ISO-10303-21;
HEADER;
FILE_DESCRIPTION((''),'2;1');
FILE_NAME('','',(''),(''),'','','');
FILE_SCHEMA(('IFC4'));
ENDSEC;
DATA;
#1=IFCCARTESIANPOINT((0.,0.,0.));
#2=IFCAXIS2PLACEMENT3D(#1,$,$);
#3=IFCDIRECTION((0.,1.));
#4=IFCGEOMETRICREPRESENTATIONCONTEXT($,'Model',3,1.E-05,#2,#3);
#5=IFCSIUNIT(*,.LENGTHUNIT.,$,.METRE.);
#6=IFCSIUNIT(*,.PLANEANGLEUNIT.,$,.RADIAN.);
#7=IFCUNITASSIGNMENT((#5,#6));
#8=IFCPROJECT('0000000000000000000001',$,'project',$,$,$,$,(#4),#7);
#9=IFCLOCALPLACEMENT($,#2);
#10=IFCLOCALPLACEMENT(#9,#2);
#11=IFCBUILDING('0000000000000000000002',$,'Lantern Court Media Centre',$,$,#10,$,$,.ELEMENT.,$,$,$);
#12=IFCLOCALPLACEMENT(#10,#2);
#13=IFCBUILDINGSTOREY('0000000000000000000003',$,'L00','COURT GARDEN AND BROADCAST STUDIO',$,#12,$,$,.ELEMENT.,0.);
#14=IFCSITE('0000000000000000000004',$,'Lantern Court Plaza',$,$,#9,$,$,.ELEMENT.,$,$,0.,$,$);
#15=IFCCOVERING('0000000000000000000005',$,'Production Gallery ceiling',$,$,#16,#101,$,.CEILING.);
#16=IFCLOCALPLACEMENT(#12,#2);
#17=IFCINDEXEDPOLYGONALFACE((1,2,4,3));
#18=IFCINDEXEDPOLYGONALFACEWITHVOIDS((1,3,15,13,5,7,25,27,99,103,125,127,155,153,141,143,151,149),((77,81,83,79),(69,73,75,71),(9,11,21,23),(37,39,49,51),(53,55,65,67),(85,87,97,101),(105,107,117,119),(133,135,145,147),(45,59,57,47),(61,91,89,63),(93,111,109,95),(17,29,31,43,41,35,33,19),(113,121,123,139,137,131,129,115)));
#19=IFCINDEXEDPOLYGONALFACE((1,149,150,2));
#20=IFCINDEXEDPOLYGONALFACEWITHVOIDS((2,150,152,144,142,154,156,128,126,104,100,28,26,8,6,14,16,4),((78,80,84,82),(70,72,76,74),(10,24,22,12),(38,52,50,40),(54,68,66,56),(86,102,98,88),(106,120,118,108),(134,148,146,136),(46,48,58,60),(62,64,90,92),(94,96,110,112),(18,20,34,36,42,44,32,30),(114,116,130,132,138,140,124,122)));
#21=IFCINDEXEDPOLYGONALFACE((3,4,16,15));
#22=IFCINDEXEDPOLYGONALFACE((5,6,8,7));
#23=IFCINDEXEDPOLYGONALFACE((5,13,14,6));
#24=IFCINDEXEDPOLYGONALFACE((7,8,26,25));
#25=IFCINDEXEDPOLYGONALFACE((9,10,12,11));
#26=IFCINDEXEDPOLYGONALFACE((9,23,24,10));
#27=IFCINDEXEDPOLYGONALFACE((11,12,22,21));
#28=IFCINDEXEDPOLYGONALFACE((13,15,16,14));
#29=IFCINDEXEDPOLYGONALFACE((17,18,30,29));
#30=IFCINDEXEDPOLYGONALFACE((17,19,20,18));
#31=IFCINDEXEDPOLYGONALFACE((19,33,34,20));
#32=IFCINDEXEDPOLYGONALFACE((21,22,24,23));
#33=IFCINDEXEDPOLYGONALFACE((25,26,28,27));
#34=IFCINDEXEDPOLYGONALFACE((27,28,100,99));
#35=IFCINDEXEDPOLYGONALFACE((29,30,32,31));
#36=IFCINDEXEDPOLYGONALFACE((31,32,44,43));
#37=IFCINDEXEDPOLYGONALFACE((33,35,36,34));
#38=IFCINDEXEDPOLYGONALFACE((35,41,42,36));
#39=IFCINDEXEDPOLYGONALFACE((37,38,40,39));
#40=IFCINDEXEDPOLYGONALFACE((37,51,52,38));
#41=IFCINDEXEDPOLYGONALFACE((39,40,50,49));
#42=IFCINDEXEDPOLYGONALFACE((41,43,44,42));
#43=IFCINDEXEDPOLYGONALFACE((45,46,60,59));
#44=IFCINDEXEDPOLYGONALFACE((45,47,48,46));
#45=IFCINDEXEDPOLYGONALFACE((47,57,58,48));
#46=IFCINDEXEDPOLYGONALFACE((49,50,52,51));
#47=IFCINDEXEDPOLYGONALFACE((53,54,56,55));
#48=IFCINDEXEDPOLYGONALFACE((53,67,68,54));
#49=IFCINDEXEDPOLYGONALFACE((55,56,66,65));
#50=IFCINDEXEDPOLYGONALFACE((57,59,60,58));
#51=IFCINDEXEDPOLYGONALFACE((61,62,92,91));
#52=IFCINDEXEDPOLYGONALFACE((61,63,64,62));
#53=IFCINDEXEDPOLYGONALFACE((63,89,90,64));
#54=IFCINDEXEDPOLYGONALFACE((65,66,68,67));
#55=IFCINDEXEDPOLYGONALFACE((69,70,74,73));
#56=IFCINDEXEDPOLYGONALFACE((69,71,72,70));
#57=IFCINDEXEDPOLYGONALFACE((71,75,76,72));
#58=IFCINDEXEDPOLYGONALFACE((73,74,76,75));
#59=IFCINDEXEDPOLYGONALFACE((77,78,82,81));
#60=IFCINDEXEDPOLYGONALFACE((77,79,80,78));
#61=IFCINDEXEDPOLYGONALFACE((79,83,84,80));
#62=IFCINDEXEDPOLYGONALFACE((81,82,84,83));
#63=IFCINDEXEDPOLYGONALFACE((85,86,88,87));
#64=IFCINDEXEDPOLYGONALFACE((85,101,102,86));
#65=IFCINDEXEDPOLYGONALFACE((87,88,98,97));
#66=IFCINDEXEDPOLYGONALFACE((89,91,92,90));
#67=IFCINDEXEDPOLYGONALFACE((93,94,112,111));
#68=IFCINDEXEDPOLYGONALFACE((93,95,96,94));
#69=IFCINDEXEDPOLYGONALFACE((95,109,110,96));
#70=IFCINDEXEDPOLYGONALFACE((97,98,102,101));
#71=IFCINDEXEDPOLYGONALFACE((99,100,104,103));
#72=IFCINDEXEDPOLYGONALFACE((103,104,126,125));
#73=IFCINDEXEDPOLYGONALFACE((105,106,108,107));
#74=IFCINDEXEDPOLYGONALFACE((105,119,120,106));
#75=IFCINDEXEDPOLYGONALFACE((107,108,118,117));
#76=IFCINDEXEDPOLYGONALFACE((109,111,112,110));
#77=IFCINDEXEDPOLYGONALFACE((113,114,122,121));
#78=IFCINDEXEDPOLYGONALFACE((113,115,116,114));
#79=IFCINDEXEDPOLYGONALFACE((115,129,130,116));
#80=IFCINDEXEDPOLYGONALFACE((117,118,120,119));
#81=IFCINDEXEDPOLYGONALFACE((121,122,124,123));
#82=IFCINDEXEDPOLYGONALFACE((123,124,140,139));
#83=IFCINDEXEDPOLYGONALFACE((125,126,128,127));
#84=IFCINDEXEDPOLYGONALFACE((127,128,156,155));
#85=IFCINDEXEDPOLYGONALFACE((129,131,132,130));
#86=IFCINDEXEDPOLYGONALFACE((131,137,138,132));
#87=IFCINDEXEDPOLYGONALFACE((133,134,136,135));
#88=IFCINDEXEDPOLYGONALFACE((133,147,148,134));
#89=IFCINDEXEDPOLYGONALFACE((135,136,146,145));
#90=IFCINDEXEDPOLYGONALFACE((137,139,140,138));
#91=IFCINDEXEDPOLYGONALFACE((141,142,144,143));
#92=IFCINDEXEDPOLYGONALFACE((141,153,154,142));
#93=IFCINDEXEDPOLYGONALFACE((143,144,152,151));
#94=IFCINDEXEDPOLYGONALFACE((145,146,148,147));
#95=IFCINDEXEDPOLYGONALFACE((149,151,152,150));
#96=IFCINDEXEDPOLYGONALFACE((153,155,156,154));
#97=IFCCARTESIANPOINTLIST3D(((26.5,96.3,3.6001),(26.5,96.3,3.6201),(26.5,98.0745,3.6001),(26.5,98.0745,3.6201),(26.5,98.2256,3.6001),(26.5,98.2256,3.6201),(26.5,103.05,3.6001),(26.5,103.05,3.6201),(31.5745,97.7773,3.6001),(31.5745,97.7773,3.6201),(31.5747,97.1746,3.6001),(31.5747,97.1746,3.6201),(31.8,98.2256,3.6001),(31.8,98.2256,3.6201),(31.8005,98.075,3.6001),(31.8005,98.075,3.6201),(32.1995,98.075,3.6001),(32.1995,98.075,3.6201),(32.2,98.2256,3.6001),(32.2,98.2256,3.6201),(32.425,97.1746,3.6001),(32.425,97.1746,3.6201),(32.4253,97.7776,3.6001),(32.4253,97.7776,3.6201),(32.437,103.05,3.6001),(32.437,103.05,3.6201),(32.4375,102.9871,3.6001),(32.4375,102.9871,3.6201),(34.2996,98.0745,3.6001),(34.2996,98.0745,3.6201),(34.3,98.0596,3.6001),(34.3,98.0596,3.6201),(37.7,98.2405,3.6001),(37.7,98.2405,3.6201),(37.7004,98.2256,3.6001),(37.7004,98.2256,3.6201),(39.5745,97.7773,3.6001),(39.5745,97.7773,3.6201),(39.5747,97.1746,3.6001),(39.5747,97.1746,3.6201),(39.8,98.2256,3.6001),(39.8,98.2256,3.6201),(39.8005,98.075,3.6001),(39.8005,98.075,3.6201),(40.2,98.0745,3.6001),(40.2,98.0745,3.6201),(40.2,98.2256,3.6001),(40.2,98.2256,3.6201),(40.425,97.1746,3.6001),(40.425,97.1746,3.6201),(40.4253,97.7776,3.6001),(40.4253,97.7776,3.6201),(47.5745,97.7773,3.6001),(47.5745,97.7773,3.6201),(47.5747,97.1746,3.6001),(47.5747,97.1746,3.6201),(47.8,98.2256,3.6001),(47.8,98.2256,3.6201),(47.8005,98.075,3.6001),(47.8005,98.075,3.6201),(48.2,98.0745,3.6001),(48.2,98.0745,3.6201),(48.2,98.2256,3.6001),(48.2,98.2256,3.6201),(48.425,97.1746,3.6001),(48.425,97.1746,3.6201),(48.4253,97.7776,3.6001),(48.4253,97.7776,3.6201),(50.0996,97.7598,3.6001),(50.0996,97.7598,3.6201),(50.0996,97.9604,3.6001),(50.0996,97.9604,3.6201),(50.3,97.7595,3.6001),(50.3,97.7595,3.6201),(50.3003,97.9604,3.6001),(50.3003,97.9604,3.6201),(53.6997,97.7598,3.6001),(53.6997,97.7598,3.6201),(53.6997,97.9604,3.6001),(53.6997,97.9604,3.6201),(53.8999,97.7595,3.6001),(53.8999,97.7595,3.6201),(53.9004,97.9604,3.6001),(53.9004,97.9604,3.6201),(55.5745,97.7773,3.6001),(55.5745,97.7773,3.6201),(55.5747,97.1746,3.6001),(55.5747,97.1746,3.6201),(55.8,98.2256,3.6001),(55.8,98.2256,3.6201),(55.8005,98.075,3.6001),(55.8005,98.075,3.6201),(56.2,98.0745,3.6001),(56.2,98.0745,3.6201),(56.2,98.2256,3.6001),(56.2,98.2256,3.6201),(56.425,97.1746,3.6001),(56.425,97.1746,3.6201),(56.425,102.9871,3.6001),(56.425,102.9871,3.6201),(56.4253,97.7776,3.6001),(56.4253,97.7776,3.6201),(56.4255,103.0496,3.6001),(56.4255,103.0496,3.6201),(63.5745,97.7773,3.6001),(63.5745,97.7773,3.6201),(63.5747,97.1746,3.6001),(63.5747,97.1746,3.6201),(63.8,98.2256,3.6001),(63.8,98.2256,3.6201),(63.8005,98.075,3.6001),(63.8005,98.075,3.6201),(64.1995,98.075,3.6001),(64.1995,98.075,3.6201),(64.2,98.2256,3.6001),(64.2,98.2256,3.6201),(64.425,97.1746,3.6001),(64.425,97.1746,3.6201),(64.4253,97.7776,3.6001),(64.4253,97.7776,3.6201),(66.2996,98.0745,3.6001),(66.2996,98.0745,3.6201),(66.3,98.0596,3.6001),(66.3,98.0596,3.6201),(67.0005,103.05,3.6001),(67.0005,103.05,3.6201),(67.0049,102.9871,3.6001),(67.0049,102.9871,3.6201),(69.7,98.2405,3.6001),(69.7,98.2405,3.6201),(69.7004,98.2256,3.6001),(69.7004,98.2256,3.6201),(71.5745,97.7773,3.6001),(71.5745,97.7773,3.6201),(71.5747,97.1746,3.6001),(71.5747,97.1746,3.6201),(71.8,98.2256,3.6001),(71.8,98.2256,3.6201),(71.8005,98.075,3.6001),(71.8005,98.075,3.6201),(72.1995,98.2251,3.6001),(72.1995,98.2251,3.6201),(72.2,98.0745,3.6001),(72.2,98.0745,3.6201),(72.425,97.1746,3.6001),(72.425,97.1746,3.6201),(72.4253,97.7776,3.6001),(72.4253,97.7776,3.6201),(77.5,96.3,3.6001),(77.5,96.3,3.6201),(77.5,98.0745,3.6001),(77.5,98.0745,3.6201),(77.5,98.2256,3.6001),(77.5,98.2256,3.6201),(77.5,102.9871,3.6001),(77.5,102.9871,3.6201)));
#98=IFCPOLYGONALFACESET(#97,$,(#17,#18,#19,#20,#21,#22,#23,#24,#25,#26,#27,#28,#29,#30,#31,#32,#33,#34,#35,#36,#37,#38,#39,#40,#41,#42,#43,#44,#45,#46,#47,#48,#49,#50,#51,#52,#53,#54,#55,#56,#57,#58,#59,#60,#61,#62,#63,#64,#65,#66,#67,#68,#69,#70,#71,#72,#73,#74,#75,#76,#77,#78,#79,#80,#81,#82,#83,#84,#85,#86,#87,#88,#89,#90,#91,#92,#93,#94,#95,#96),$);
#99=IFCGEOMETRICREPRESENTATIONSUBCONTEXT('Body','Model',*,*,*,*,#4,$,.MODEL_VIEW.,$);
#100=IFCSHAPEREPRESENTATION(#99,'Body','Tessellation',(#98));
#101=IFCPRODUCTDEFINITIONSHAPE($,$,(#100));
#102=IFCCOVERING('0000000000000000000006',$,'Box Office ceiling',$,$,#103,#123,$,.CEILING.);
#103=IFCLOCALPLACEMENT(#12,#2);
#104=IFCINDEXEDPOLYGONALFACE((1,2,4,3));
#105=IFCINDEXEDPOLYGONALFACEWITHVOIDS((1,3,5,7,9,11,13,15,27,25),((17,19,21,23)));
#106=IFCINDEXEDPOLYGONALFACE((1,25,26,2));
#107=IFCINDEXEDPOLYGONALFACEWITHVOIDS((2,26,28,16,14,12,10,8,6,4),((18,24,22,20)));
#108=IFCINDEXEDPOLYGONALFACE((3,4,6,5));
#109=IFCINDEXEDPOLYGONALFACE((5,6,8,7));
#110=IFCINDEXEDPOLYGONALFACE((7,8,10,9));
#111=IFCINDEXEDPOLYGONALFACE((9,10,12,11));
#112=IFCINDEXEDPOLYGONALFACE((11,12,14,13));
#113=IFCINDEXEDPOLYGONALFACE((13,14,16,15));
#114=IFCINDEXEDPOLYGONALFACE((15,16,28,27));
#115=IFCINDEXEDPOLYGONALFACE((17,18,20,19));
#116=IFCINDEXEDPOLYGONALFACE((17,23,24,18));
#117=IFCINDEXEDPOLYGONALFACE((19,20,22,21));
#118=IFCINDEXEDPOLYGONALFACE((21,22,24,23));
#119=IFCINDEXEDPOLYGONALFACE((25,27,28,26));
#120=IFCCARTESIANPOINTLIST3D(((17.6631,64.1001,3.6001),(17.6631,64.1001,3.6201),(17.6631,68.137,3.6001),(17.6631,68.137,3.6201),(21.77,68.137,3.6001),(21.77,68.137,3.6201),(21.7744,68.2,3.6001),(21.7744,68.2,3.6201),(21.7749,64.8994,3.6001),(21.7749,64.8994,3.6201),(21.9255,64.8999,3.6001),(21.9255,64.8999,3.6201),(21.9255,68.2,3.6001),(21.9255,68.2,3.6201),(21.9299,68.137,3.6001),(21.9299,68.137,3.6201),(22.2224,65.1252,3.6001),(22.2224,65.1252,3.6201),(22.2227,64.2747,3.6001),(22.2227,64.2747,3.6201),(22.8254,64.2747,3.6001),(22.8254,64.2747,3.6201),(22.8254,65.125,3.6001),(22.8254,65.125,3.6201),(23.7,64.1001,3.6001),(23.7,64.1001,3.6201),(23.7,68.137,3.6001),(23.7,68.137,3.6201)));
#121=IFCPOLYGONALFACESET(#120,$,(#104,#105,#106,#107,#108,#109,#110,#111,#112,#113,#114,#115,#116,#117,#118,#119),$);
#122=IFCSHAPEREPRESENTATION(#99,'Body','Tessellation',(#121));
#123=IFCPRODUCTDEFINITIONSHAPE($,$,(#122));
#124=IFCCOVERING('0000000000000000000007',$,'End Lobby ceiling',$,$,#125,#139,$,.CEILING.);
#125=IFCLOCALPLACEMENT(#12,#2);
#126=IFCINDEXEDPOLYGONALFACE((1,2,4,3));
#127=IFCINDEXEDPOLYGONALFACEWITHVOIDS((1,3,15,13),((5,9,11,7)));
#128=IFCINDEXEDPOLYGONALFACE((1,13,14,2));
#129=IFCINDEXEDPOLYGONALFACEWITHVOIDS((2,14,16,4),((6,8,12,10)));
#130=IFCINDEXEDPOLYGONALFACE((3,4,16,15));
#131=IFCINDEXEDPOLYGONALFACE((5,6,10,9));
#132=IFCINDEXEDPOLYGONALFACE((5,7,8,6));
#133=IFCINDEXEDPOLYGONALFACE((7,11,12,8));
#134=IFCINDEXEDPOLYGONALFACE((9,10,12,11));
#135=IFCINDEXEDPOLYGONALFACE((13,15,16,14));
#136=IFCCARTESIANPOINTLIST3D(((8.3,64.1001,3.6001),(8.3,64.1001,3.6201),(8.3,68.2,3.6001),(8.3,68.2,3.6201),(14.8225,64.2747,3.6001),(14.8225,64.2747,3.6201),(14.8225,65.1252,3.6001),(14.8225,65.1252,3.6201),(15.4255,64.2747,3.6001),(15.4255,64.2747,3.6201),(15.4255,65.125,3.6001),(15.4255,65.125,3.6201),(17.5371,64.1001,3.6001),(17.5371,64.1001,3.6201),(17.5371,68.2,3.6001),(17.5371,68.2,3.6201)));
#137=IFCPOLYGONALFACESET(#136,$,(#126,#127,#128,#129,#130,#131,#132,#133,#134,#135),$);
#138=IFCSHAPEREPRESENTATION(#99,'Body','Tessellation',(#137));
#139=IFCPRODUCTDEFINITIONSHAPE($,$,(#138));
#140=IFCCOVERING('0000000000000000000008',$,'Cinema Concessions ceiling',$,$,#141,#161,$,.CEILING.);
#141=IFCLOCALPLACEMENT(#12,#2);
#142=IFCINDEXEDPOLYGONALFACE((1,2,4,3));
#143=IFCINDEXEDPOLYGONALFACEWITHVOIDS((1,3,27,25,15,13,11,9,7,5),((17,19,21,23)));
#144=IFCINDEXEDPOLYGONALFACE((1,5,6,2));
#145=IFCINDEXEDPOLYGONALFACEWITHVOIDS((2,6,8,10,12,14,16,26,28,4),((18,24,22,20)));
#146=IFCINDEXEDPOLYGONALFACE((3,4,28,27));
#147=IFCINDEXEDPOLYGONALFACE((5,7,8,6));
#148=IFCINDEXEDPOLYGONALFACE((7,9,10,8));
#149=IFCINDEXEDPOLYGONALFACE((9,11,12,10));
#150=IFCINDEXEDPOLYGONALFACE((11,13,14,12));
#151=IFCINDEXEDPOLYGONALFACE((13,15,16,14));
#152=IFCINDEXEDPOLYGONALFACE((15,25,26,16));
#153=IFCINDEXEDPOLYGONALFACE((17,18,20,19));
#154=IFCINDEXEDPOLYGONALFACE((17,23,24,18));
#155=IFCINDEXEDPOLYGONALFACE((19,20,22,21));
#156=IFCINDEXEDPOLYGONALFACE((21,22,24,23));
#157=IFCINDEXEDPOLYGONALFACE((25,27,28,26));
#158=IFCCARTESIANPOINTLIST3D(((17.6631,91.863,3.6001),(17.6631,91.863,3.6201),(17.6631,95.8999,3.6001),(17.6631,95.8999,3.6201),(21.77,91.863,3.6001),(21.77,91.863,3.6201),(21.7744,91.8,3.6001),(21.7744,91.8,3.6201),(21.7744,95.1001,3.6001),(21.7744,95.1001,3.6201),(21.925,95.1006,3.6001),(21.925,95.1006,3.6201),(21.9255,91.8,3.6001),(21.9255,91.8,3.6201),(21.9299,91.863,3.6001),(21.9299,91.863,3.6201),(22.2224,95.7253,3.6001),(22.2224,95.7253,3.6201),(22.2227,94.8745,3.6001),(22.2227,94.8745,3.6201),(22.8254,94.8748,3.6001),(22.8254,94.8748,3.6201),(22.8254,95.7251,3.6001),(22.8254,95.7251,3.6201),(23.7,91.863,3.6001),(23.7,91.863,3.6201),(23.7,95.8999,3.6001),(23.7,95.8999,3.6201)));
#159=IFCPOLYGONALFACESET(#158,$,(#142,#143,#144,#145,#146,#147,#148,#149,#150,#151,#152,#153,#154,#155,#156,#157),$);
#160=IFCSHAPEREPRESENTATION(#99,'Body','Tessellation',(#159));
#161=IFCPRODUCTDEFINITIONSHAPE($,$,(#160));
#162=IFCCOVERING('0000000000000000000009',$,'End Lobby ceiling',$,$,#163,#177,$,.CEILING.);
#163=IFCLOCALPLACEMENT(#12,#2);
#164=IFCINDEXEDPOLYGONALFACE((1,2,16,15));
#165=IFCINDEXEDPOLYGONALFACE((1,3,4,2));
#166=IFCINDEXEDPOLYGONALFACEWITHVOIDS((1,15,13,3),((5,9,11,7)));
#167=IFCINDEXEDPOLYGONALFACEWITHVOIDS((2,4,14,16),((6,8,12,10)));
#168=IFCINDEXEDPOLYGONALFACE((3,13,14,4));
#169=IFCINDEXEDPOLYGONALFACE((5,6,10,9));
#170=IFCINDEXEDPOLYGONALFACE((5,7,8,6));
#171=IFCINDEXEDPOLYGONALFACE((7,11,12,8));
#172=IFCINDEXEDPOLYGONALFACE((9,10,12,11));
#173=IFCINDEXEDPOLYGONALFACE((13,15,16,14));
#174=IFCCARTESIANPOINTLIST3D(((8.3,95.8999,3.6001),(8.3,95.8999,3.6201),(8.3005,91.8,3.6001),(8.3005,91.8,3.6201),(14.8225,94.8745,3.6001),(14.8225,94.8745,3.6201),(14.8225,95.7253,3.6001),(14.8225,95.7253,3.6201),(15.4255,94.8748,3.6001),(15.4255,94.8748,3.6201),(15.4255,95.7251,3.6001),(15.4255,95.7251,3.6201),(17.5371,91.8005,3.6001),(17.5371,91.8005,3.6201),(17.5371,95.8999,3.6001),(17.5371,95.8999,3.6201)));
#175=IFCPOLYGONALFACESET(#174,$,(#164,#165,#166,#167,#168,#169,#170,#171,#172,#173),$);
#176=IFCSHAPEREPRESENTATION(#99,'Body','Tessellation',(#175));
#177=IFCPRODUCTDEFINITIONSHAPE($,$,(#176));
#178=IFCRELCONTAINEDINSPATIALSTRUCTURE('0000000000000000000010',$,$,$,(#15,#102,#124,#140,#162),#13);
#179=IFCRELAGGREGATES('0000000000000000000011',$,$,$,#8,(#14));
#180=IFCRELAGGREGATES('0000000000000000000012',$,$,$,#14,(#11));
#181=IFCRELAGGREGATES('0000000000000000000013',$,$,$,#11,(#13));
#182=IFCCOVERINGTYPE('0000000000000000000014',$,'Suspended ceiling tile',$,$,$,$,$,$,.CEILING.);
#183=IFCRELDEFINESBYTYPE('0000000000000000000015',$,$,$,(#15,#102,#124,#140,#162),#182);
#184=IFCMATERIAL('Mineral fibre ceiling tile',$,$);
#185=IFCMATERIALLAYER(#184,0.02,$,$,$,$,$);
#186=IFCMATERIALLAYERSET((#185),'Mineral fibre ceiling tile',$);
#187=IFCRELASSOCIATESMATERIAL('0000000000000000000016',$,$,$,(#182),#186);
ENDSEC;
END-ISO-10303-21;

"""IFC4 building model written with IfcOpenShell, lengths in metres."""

from ifc_helpers import new_model, si_unit, direction, frame, origin, place, context, subcontext, project, spatial, polyline, outline, extrude, material, layer, layer_set, type_object, element, save


model = new_model("IFC4")

# Units and contexts
model_context = context("Model", 3, precision=1e-05, world=origin(), true_north=direction((0.0, 1.0)))
body_context = subcontext(model_context, "Body", "Model", "MODEL_VIEW")
ifc_project = project(units=[si_unit("LENGTHUNIT", "METRE"), si_unit("PLANEANGLEUNIT", "RADIAN")], contexts=[model_context])

# Site, building, storey
site_placement = place(None, origin())
site = spatial("IfcSite", under=ifc_project, at=site_placement, Name="Lantern Court Plaza", CompositionType="ELEMENT", RefElevation=0.0)
building_placement = place(site_placement, origin())
building = spatial("IfcBuilding", under=site, at=building_placement, Name="Lantern Court Media Centre", CompositionType="ELEMENT")
storey_placement = place(building_placement, origin())
storey = spatial("IfcBuildingStorey", under=building, at=storey_placement, Name="L00", Description="COURT GARDEN AND BROADCAST STUDIO", CompositionType="ELEMENT", Elevation=0.0)

# Coverings
ifc_material_1 = material(Name="Mineral fibre ceiling tile")
ifc_layer_1 = layer(ifc_material_1, 0.02)
ifc_layer_set_1 = layer_set([ifc_layer_1], Name="Mineral fibre ceiling tile")
covering_type = type_object("IfcCoveringType", Name="Suspended ceiling tile", PredefinedType="CEILING", material=ifc_layer_set_1)
covering_1_placement = place(storey_placement, frame((0.0, 0.0, 3.6001)))
element("IfcCovering", 1, at=covering_1_placement, inside=storey, type_object=covering_type, Name="Production Gallery ceiling", PredefinedType="CEILING", context=body_context, shape_type="SweptSolid", body=[
    extrude(outline(polyline([(77.5, 96.3), (26.5, 96.3), (26.5, 98.0745), (31.8005, 98.075), (31.8, 98.2256), (26.5, 98.2256), (26.5, 103.05), (32.437, 103.05), (32.4375, 102.9871), (56.425, 102.9871), (56.4255, 103.0496), (67.0005, 103.05), (67.0049, 102.9871), (77.5, 102.9871), (77.5, 98.2256), (72.1995, 98.2251), (72.2, 98.0745), (77.5, 98.0745), (77.5, 96.3)]), holes=[polyline([(72.425, 97.1746), (72.4253, 97.7776), (71.5745, 97.7773), (71.5747, 97.1746), (72.425, 97.1746)]), polyline([(69.7004, 98.2256), (69.7, 98.2405), (64.2, 98.2256), (64.1995, 98.075), (66.2996, 98.0745), (66.3, 98.0596), (71.8005, 98.075), (71.8, 98.2256), (69.7004, 98.2256)]), polyline([(64.425, 97.1746), (64.4253, 97.7776), (63.5745, 97.7773), (63.5747, 97.1746), (64.425, 97.1746)]), polyline([(56.2, 98.2256), (56.2, 98.0745), (63.8005, 98.075), (63.8, 98.2256), (56.2, 98.2256)]), polyline([(56.425, 97.1746), (56.4253, 97.7776), (55.5745, 97.7773), (55.5747, 97.1746), (56.425, 97.1746)]), polyline([(48.2, 98.2256), (48.2, 98.0745), (55.8005, 98.075), (55.8, 98.2256), (48.2, 98.2256)]), polyline([(53.8999, 97.7595), (53.9004, 97.9604), (53.6997, 97.9604), (53.6997, 97.7598), (53.8999, 97.7595)]), polyline([(50.3, 97.7595), (50.3003, 97.9604), (50.0996, 97.9604), (50.0996, 97.7598), (50.3, 97.7595)]), polyline([(48.425, 97.1746), (48.4253, 97.7776), (47.5745, 97.7773), (47.5747, 97.1746), (48.425, 97.1746)]), polyline([(40.2, 98.2256), (40.2, 98.0745), (47.8005, 98.075), (47.8, 98.2256), (40.2, 98.2256)]), polyline([(40.425, 97.1746), (40.4253, 97.7776), (39.5745, 97.7773), (39.5747, 97.1746), (40.425, 97.1746)]), polyline([(37.7004, 98.2256), (37.7, 98.2405), (32.2, 98.2256), (32.1995, 98.075), (34.2996, 98.0745), (34.3, 98.0596), (39.8005, 98.075), (39.8, 98.2256), (37.7004, 98.2256)]), polyline([(32.425, 97.1746), (32.4253, 97.7776), (31.5745, 97.7773), (31.5747, 97.1746), (32.425, 97.1746)])]), origin(), (0.0, 0.0, 1.0), 0.02),
])
covering_2_placement = place(storey_placement, frame((0.0, 0.0, 3.6001)))
element("IfcCovering", 2, at=covering_2_placement, inside=storey, type_object=covering_type, Name="Box Office ceiling", PredefinedType="CEILING", context=body_context, shape_type="SweptSolid", body=[
    extrude(outline(polyline([(23.7, 64.1001), (17.6631, 64.1001), (17.6631, 68.137), (21.77, 68.137), (21.7744, 68.2), (21.7749, 64.8994), (21.9255, 64.8999), (21.9255, 68.2), (21.9299, 68.137), (23.7, 68.137), (23.7, 64.1001)]), holes=[polyline([(22.8254, 65.125), (22.2224, 65.1252), (22.2227, 64.2747), (22.8254, 64.2747), (22.8254, 65.125)])]), origin(), (0.0, 0.0, 1.0), 0.02),
])
covering_3_placement = place(storey_placement, frame((0.0, 0.0, 3.6001)))
element("IfcCovering", 3, at=covering_3_placement, inside=storey, type_object=covering_type, Name="End Lobby ceiling", PredefinedType="CEILING", context=body_context, shape_type="SweptSolid", body=[
    extrude(outline(polyline([(8.3, 64.1001), (8.3, 68.2), (17.5371, 68.2), (17.5371, 64.1001), (8.3, 64.1001)]), holes=[polyline([(15.4255, 65.125), (14.8225, 65.1252), (14.8225, 64.2747), (15.4255, 64.2747), (15.4255, 65.125)])]), origin(), (0.0, 0.0, 1.0), 0.02),
])
covering_4_placement = place(storey_placement, frame((0.0, 0.0, 3.6001)))
element("IfcCovering", 4, at=covering_4_placement, inside=storey, type_object=covering_type, Name="Cinema Concessions ceiling", PredefinedType="CEILING", context=body_context, shape_type="SweptSolid", body=[
    extrude(outline(polyline([(23.7, 95.8999), (23.7, 91.863), (21.9299, 91.863), (21.9255, 91.8), (21.925, 95.1006), (21.7744, 95.1001), (21.7744, 91.8), (21.77, 91.863), (17.6631, 91.863), (17.6631, 95.8999), (23.7, 95.8999)]), holes=[polyline([(22.8254, 95.7251), (22.2224, 95.7253), (22.2227, 94.8745), (22.8254, 94.8748), (22.8254, 95.7251)])]), origin(), (0.0, 0.0, 1.0), 0.02),
])
covering_5_placement = place(storey_placement, frame((0.0, 0.0, 3.6001)))
element("IfcCovering", 5, at=covering_5_placement, inside=storey, type_object=covering_type, Name="End Lobby ceiling", PredefinedType="CEILING", context=body_context, shape_type="SweptSolid", body=[
    extrude(outline(polyline([(17.5371, 95.8999), (17.5371, 91.8005), (8.3005, 91.8), (8.3, 95.8999), (17.5371, 95.8999)]), holes=[polyline([(15.4255, 95.7251), (14.8225, 95.7253), (14.8225, 94.8745), (15.4255, 94.8748), (15.4255, 95.7251)])]), origin(), (0.0, 0.0, 1.0), 0.02),
])

save(model, "model.ifc")
